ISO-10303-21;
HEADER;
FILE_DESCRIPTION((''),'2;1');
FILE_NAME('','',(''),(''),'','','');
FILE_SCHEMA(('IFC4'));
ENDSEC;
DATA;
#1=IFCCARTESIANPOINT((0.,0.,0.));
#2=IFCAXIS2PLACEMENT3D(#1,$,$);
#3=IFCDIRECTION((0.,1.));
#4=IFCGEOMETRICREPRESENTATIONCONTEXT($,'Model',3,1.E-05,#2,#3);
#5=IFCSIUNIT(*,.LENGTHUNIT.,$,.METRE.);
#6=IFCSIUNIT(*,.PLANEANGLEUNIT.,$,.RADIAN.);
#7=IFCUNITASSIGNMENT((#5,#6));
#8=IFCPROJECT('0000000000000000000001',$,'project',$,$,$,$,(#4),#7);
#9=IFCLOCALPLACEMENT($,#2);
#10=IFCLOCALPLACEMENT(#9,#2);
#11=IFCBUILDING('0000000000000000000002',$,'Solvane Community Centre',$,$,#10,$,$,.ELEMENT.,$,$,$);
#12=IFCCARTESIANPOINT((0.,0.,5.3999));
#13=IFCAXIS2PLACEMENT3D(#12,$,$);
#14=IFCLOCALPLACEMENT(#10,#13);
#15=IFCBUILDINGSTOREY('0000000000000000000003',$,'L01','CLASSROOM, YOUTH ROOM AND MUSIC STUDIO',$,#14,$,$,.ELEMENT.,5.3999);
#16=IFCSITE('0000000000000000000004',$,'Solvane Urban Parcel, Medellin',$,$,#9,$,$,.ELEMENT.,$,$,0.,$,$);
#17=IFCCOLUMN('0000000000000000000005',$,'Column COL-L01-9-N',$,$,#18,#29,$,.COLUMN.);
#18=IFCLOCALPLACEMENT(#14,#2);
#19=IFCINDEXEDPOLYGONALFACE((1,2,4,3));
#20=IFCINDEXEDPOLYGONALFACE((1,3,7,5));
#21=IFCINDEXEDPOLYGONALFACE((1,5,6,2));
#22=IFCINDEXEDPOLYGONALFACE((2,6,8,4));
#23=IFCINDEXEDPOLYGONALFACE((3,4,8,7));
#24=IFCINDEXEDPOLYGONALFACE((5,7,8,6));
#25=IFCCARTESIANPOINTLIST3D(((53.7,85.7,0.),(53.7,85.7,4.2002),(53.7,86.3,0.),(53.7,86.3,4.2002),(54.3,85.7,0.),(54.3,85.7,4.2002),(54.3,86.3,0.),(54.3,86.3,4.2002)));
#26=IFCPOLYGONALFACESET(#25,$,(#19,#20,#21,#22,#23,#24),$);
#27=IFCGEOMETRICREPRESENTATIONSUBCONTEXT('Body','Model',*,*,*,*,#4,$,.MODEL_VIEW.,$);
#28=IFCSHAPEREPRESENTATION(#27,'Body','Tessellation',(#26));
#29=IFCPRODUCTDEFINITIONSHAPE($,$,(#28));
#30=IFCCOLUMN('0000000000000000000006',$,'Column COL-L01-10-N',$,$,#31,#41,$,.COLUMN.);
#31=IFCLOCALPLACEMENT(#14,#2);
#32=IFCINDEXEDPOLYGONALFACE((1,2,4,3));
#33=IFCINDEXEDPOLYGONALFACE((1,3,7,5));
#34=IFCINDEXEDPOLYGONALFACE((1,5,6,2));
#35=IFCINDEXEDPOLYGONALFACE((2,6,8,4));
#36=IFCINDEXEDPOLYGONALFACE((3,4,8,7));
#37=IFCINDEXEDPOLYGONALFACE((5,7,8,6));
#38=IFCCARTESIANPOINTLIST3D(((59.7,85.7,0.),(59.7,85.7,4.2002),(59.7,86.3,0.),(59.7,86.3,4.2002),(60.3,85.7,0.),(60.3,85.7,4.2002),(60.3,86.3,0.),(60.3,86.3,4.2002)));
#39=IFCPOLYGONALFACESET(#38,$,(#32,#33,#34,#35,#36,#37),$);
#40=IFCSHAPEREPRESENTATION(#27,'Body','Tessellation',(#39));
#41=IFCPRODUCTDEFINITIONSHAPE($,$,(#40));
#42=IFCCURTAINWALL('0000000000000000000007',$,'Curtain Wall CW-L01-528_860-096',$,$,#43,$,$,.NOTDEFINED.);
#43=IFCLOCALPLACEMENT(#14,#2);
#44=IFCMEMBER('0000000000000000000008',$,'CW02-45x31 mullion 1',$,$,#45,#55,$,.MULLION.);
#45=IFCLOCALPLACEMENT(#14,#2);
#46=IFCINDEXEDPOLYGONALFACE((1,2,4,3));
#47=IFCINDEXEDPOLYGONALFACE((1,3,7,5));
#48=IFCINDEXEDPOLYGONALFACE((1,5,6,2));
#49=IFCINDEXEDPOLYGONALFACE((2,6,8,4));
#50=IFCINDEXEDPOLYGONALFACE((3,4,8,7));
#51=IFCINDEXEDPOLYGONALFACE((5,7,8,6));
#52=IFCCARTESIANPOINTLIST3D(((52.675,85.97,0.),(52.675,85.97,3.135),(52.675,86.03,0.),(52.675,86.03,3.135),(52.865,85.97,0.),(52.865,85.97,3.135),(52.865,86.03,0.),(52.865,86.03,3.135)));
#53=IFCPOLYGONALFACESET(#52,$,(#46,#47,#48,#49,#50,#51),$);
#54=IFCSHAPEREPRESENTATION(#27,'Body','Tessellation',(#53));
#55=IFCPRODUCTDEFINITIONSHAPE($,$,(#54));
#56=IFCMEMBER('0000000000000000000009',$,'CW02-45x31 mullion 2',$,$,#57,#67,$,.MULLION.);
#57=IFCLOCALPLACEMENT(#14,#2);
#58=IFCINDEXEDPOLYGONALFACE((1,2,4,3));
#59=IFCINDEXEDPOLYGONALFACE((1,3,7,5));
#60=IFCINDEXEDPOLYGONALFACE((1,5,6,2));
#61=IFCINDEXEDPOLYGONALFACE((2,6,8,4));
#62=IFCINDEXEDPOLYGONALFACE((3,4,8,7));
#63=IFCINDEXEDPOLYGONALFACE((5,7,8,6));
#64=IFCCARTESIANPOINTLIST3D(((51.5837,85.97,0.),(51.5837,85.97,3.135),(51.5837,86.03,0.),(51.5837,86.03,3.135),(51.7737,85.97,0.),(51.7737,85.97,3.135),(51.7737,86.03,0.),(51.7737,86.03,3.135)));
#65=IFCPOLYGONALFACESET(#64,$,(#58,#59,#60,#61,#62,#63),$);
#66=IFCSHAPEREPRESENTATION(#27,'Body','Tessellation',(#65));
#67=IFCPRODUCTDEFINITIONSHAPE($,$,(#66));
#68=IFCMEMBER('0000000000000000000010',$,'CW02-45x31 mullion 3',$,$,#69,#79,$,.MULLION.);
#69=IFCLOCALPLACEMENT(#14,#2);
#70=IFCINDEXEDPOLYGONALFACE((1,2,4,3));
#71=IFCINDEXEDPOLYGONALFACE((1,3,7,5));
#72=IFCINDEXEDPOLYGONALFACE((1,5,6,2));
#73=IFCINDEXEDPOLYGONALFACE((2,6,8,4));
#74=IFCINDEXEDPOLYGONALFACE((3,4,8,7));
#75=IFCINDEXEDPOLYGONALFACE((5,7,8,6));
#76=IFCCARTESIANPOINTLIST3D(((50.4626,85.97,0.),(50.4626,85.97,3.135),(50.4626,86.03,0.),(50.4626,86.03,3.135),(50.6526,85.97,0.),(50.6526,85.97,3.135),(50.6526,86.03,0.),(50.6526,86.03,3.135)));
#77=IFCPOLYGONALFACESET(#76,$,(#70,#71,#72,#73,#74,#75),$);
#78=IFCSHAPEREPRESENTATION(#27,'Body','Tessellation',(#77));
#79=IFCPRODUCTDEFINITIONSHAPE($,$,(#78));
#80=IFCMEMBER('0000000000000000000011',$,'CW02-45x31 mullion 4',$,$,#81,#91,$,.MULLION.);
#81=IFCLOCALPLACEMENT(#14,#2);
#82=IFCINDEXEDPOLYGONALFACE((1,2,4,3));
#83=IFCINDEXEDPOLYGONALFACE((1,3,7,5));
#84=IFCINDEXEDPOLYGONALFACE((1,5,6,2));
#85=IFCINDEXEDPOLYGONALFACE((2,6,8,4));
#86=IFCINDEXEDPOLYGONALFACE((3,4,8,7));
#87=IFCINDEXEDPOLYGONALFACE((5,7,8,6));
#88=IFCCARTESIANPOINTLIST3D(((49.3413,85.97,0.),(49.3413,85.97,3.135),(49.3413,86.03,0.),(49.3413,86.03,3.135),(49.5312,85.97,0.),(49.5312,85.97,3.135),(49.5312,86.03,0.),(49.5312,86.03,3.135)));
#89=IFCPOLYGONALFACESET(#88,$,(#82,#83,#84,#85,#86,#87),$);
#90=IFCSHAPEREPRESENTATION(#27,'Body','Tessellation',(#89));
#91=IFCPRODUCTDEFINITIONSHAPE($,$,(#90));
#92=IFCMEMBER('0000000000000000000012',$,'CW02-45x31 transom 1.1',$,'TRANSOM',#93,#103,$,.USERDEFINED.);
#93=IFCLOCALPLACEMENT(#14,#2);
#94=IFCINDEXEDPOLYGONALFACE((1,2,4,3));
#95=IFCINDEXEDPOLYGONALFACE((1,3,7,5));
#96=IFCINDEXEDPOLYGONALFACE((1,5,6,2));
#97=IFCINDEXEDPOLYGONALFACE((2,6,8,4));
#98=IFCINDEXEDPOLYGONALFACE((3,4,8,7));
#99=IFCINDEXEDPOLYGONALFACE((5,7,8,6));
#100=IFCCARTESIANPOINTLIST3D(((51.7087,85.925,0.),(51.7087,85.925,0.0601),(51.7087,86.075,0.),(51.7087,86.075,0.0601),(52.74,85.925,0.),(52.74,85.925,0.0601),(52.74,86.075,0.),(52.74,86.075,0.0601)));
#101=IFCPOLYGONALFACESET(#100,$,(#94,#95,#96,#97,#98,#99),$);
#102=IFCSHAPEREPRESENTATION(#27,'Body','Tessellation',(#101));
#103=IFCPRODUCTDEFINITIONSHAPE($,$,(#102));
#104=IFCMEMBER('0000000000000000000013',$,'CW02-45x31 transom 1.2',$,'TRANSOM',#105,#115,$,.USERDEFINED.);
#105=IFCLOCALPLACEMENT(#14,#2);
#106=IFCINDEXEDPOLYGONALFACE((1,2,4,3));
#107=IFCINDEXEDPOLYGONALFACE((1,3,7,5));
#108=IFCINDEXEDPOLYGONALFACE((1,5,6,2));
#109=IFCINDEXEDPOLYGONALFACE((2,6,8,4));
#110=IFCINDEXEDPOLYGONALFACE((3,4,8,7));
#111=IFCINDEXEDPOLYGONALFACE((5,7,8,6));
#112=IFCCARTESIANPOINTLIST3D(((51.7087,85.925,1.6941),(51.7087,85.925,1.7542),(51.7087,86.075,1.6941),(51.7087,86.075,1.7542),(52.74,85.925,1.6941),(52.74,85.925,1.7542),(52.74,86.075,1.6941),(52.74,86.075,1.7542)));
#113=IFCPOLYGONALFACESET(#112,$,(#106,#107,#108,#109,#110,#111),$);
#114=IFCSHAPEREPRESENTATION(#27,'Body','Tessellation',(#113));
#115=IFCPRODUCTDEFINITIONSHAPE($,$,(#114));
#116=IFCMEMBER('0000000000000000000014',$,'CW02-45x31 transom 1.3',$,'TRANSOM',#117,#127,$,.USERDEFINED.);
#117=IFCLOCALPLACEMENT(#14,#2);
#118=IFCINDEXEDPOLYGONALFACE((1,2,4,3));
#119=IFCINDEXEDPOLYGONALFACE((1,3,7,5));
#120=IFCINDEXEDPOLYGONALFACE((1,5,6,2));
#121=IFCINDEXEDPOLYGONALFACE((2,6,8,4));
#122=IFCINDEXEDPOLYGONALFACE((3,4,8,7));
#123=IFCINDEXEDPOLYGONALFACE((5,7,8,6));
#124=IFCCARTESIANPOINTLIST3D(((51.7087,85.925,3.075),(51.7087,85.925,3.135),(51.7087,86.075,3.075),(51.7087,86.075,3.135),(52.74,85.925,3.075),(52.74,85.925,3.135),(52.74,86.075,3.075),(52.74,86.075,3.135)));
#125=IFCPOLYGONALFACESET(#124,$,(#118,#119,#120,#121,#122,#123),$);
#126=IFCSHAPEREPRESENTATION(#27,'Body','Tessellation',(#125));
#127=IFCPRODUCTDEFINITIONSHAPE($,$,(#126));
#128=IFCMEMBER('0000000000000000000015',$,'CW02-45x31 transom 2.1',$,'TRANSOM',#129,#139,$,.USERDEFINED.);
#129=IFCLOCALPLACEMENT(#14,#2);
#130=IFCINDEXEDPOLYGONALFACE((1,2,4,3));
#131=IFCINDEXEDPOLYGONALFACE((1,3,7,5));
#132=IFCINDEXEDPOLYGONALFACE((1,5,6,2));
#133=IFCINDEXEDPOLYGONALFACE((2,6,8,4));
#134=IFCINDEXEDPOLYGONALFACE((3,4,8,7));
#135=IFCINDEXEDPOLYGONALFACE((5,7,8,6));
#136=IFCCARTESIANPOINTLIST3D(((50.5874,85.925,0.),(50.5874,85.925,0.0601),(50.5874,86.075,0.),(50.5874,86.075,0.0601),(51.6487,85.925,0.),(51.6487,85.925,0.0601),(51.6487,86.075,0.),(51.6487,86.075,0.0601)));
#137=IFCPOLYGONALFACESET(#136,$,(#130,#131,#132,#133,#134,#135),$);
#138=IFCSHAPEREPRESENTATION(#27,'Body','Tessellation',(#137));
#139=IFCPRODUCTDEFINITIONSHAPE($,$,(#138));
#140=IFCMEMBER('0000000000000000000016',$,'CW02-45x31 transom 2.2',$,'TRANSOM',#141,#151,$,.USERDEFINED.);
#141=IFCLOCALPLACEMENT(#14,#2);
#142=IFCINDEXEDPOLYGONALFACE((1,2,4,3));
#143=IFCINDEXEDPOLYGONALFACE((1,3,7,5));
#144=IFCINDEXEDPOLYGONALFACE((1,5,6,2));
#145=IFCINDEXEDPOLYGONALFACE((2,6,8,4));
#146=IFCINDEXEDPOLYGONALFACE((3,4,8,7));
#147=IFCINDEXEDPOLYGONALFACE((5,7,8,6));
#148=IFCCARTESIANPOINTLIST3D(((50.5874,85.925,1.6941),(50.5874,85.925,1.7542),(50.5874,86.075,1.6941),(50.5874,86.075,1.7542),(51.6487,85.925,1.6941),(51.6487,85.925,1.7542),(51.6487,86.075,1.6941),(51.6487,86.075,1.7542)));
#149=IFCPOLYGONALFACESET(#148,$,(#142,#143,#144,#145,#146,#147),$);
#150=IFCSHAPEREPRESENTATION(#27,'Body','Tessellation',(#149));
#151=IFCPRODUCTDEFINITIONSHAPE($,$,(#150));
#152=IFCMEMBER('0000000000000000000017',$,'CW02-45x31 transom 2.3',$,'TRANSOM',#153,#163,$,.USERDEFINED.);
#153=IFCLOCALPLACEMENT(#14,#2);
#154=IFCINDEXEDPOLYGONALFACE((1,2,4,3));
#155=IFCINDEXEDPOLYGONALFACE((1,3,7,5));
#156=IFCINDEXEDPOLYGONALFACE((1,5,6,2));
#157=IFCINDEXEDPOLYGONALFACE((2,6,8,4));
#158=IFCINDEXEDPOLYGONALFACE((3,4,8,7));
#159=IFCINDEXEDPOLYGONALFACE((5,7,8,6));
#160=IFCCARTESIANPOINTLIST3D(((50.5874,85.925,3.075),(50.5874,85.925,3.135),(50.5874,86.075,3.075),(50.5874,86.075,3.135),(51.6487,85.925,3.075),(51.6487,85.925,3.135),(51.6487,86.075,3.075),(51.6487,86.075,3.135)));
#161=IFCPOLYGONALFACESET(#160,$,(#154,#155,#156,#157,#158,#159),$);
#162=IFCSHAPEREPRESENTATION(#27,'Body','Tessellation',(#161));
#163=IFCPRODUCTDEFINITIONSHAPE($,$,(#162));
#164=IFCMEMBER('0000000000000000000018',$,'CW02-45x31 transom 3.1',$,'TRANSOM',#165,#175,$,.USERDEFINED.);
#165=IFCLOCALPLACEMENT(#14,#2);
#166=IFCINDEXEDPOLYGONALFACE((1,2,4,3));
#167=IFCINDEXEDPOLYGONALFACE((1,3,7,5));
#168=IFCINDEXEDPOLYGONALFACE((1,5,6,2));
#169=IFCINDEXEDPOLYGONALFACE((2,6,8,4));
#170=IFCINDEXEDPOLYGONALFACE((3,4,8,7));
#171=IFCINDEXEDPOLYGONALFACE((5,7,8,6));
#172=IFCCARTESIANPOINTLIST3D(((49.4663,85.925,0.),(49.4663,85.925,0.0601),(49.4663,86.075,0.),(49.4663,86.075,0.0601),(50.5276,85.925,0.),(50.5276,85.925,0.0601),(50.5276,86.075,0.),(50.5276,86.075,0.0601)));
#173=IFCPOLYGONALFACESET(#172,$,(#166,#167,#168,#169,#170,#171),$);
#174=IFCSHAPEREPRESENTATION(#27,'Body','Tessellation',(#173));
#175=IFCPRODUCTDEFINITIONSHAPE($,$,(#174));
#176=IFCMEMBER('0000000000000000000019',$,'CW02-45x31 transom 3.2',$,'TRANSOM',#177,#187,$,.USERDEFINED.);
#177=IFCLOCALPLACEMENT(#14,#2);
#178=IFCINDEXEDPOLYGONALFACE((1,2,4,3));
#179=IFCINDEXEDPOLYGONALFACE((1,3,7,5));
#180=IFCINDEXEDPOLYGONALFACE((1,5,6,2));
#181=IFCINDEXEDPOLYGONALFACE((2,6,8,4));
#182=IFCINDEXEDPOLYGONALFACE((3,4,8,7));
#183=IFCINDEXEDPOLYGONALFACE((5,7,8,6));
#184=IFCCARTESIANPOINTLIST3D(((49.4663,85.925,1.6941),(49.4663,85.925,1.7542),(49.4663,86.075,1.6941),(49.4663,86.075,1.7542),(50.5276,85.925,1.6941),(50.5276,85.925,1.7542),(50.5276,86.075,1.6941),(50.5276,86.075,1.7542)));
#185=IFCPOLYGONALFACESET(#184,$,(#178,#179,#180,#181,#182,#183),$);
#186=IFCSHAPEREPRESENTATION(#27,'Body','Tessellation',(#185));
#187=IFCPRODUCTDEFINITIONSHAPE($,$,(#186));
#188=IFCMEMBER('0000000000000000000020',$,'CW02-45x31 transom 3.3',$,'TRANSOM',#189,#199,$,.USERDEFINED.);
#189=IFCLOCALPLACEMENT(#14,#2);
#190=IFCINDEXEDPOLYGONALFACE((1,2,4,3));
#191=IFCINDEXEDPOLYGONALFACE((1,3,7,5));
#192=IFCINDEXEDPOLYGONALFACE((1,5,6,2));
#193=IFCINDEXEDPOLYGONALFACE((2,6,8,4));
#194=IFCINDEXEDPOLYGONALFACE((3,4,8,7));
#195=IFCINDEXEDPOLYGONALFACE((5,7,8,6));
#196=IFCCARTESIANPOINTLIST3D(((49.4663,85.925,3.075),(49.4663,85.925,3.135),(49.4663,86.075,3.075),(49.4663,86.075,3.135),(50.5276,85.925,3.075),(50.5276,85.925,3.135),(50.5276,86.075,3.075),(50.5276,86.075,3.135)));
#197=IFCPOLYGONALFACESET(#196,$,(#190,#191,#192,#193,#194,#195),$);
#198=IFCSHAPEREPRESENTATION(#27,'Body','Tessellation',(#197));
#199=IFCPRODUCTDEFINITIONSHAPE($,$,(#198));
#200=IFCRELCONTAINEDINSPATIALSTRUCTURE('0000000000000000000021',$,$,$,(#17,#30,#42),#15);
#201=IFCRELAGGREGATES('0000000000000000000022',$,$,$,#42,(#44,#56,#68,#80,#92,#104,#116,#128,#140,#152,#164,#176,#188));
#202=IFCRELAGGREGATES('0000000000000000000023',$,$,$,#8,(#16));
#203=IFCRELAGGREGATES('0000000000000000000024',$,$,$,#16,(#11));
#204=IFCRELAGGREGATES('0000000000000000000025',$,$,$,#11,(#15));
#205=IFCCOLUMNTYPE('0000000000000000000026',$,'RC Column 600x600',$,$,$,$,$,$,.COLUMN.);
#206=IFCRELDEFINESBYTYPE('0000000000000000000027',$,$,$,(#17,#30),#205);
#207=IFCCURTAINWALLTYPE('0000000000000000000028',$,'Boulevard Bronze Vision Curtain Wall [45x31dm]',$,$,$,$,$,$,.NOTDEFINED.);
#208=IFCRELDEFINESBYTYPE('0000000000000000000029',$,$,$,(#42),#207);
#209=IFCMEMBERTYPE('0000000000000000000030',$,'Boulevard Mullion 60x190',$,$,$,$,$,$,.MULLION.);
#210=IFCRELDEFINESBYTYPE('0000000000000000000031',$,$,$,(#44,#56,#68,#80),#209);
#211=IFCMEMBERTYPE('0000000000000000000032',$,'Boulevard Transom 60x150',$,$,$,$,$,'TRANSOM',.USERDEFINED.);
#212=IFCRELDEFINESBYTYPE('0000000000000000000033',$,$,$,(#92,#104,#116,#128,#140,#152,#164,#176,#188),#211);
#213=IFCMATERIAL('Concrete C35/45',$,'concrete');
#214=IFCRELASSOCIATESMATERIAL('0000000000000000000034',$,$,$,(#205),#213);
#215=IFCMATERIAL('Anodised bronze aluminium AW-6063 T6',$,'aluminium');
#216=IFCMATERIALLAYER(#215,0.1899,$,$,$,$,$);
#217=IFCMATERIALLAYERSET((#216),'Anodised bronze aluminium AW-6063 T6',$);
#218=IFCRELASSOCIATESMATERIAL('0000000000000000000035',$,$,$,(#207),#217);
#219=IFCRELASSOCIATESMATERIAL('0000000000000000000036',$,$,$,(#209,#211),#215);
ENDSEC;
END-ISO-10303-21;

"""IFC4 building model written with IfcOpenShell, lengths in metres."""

from ifc_helpers import new_model, si_unit, direction, frame, origin, origin_2d, place, context, subcontext, project, spatial, rectangle, extrude, material, layer, layer_set, material_profile, profile_set, type_object, element, aggregate, save


model = new_model("IFC4")

# Units and contexts
model_context = context("Model", 3, precision=1e-05, world=origin(), true_north=direction((0.0, 1.0)))
body_context = subcontext(model_context, "Body", "Model", "MODEL_VIEW")
ifc_project = project(units=[si_unit("LENGTHUNIT", "METRE"), si_unit("PLANEANGLEUNIT", "RADIAN")], contexts=[model_context])

# Site, building, storey
site_placement = place(None, origin())
site = spatial("IfcSite", under=ifc_project, at=site_placement, Name="Solvane Urban Parcel, Medellin", CompositionType="ELEMENT", RefElevation=0.0)
building_placement = place(site_placement, origin())
building = spatial("IfcBuilding", under=site, at=building_placement, Name="Solvane Community Centre", CompositionType="ELEMENT")
storey_placement = place(building_placement, frame((0.0, 0.0, 5.3999)))
storey = spatial("IfcBuildingStorey", under=building, at=storey_placement, Name="L01", Description="CLASSROOM, YOUTH ROOM AND MUSIC STUDIO", CompositionType="ELEMENT", Elevation=5.3999)

# Columns
ifc_material_1 = material(Name="Concrete C35/45", Category="concrete")
ifc_material_profile_1 = material_profile(ifc_material_1, rectangle(XDim=0.6001, YDim=0.6001, at=origin_2d()), Name="RC 600x600")
ifc_profile_set_1 = profile_set([ifc_material_profile_1], Name="Concrete C35/45")
column_type = type_object("IfcColumnType", Name="RC Column 600x600", PredefinedType="COLUMN", material=ifc_profile_set_1)
for number, where, z_axis, x_axis, name in (
    (1, (54.0, 86.0, 0.0), (0.0, 0.0, 1.0), (1.0, 0.0, 0.0), "Column COL-L01-9-N"),
    (2, (60.0, 86.0, 0.0), (0.0, 0.0, 1.0), (1.0, 0.0, 0.0), "Column COL-L01-10-N"),
):
    element("IfcColumn", number, at=place(storey_placement, frame(where, z_axis=z_axis, x_axis=x_axis)), inside=storey, type_object=column_type, Name=name, PredefinedType="COLUMN", context=body_context, shape_type="SweptSolid", body=[
        extrude(rectangle(XDim=0.6001, YDim=0.6001, at=origin_2d()), origin(), (0.0, 0.0, 1.0), 4.2002),
    ])

# Curtain wall, members
ifc_material_2 = material(Name="Anodised bronze aluminium AW-6063 T6", Category="aluminium")
ifc_layer_1 = layer(ifc_material_2, 0.1899)
ifc_layer_set_1 = layer_set([ifc_layer_1], Name="Anodised bronze aluminium AW-6063 T6")
curtain_wall_type = type_object("IfcCurtainWallType", Name="Boulevard Bronze Vision Curtain Wall [45x31dm]", PredefinedType="NOTDEFINED", material=ifc_layer_set_1)
curtain_wall_placement = place(storey_placement, origin())
curtain_wall = element("IfcCurtainWall", 3, at=curtain_wall_placement, inside=storey, type_object=curtain_wall_type, Name="Curtain Wall CW-L01-528_860-096", PredefinedType="NOTDEFINED")
ifc_material_profile_2 = material_profile(ifc_material_2, rectangle(XDim=0.0601, YDim=0.1899, at=origin_2d()), Name="CW-M 60x190")
ifc_profile_set_2 = profile_set([ifc_material_profile_2], Name="Anodised bronze aluminium AW-6063 T6")
member_type_1 = type_object("IfcMemberType", Name="Boulevard Mullion 60x190", PredefinedType="MULLION", material=ifc_profile_set_2)
member_1_placement = place(storey_placement, frame((52.77, 86.0, 0.0), z_axis=(0.0, 0.0, 1.0), x_axis=(0.0, -1.0, 0.0)))
member_1 = element("IfcMember", 4, at=member_1_placement, type_object=member_type_1, Name="CW02-45x31 mullion 1", PredefinedType="MULLION", context=body_context, shape_type="SweptSolid", body=[
    extrude(rectangle(XDim=0.0601, YDim=0.1899, at=origin_2d()), origin(), (0.0, 0.0, 1.0), 3.135),
])
member_2_placement = place(storey_placement, frame((51.6787, 86.0, 0.0), z_axis=(0.0, 0.0, 1.0), x_axis=(0.0, -1.0, 0.0)))
member_2 = element("IfcMember", 5, at=member_2_placement, type_object=member_type_1, Name="CW02-45x31 mullion 2", PredefinedType="MULLION", context=body_context, shape_type="SweptSolid", body=[
    extrude(rectangle(XDim=0.0601, YDim=0.1899, at=origin_2d()), origin(), (0.0, 0.0, 1.0), 3.135),
])
member_3_placement = place(storey_placement, frame((50.5576, 86.0, 0.0), z_axis=(0.0, 0.0, 1.0), x_axis=(0.0, -1.0, 0.0)))
member_3 = element("IfcMember", 6, at=member_3_placement, type_object=member_type_1, Name="CW02-45x31 mullion 3", PredefinedType="MULLION", context=body_context, shape_type="SweptSolid", body=[
    extrude(rectangle(XDim=0.0601, YDim=0.1899, at=origin_2d()), origin(), (0.0, 0.0, 1.0), 3.135),
])
member_4_placement = place(storey_placement, frame((49.4363, 86.0, 0.0), z_axis=(0.0, 0.0, 1.0), x_axis=(0.0, -1.0, 0.0)))
member_4 = element("IfcMember", 7, at=member_4_placement, type_object=member_type_1, Name="CW02-45x31 mullion 4", PredefinedType="MULLION", context=body_context, shape_type="SweptSolid", body=[
    extrude(rectangle(XDim=0.0601, YDim=0.1899, at=origin_2d()), origin(), (0.0, 0.0, 1.0), 3.135),
])
ifc_material_profile_3 = material_profile(ifc_material_2, rectangle(XDim=0.1499, YDim=0.0601, at=origin_2d()), Name="CW-T 60x150")
ifc_profile_set_3 = profile_set([ifc_material_profile_3], Name="Anodised bronze aluminium AW-6063 T6")
member_type_2 = type_object("IfcMemberType", Name="Boulevard Transom 60x150", ElementType="TRANSOM", PredefinedType="USERDEFINED", material=ifc_profile_set_3)
member_5_placement = place(storey_placement, frame((52.74, 86.0, 0.03), z_axis=(-1.0, 0.0, 0.0), x_axis=(0.0, -1.0, 0.0)))
member_5 = element("IfcMember", 8, at=member_5_placement, type_object=member_type_2, Name="CW02-45x31 transom 1.1", ObjectType="TRANSOM", PredefinedType="USERDEFINED", context=body_context, shape_type="SweptSolid", body=[
    extrude(rectangle(XDim=0.1499, YDim=0.0601, at=origin_2d()), origin(), (0.0, 0.0, 1.0), 1.0312),
])
member_6_placement = place(storey_placement, frame((52.74, 86.0, 1.7241), z_axis=(-1.0, 0.0, 0.0), x_axis=(0.0, -1.0, 0.0)))
member_6 = element("IfcMember", 9, at=member_6_placement, type_object=member_type_2, Name="CW02-45x31 transom 1.2", ObjectType="TRANSOM", PredefinedType="USERDEFINED", context=body_context, shape_type="SweptSolid", body=[
    extrude(rectangle(XDim=0.1499, YDim=0.0601, at=origin_2d()), origin(), (0.0, 0.0, 1.0), 1.0312),
])
member_7_placement = place(storey_placement, frame((52.74, 86.0, 3.105), z_axis=(-1.0, 0.0, 0.0), x_axis=(0.0, -1.0, 0.0)))
member_7 = element("IfcMember", 10, at=member_7_placement, type_object=member_type_2, Name="CW02-45x31 transom 1.3", ObjectType="TRANSOM", PredefinedType="USERDEFINED", context=body_context, shape_type="SweptSolid", body=[
    extrude(rectangle(XDim=0.1499, YDim=0.0601, at=origin_2d()), origin(), (0.0, 0.0, 1.0), 1.0312),
])
member_8_placement = place(storey_placement, frame((51.6487, 86.0, 0.03), z_axis=(-1.0, 0.0, 0.0), x_axis=(0.0, -1.0, 0.0)))
member_8 = element("IfcMember", 11, at=member_8_placement, type_object=member_type_2, Name="CW02-45x31 transom 2.1", ObjectType="TRANSOM", PredefinedType="USERDEFINED", context=body_context, shape_type="SweptSolid", body=[
    extrude(rectangle(XDim=0.1499, YDim=0.0601, at=origin_2d()), origin(), (0.0, 0.0, 1.0), 1.0613),
])
member_9_placement = place(storey_placement, frame((51.6487, 86.0, 1.7241), z_axis=(-1.0, 0.0, 0.0), x_axis=(0.0, -1.0, 0.0)))
member_9 = element("IfcMember", 12, at=member_9_placement, type_object=member_type_2, Name="CW02-45x31 transom 2.2", ObjectType="TRANSOM", PredefinedType="USERDEFINED", context=body_context, shape_type="SweptSolid", body=[
    extrude(rectangle(XDim=0.1499, YDim=0.0601, at=origin_2d()), origin(), (0.0, 0.0, 1.0), 1.0613),
])
member_10_placement = place(storey_placement, frame((51.6487, 86.0, 3.105), z_axis=(-1.0, 0.0, 0.0), x_axis=(0.0, -1.0, 0.0)))
member_10 = element("IfcMember", 13, at=member_10_placement, type_object=member_type_2, Name="CW02-45x31 transom 2.3", ObjectType="TRANSOM", PredefinedType="USERDEFINED", context=body_context, shape_type="SweptSolid", body=[
    extrude(rectangle(XDim=0.1499, YDim=0.0601, at=origin_2d()), origin(), (0.0, 0.0, 1.0), 1.0613),
])
member_11_placement = place(storey_placement, frame((50.5276, 86.0, 0.03), z_axis=(-1.0, 0.0, 0.0), x_axis=(0.0, -1.0, 0.0)))
member_11 = element("IfcMember", 14, at=member_11_placement, type_object=member_type_2, Name="CW02-45x31 transom 3.1", ObjectType="TRANSOM", PredefinedType="USERDEFINED", context=body_context, shape_type="SweptSolid", body=[
    extrude(rectangle(XDim=0.1499, YDim=0.0601, at=origin_2d()), origin(), (0.0, 0.0, 1.0), 1.0613),
])
member_12_placement = place(storey_placement, frame((50.5276, 86.0, 1.7241), z_axis=(-1.0, 0.0, 0.0), x_axis=(0.0, -1.0, 0.0)))
member_12 = element("IfcMember", 15, at=member_12_placement, type_object=member_type_2, Name="CW02-45x31 transom 3.2", ObjectType="TRANSOM", PredefinedType="USERDEFINED", context=body_context, shape_type="SweptSolid", body=[
    extrude(rectangle(XDim=0.1499, YDim=0.0601, at=origin_2d()), origin(), (0.0, 0.0, 1.0), 1.0613),
])
member_13_placement = place(storey_placement, frame((50.5276, 86.0, 3.105), z_axis=(-1.0, 0.0, 0.0), x_axis=(0.0, -1.0, 0.0)))
member_13 = element("IfcMember", 16, at=member_13_placement, type_object=member_type_2, Name="CW02-45x31 transom 3.3", ObjectType="TRANSOM", PredefinedType="USERDEFINED", context=body_context, shape_type="SweptSolid", body=[
    extrude(rectangle(XDim=0.1499, YDim=0.0601, at=origin_2d()), origin(), (0.0, 0.0, 1.0), 1.0613),
])

aggregate(curtain_wall, [member_1, member_2, member_3, member_4, member_5, member_6, member_7, member_8, member_9, member_10, member_11, member_12, member_13])

save(model, "model.ifc")
